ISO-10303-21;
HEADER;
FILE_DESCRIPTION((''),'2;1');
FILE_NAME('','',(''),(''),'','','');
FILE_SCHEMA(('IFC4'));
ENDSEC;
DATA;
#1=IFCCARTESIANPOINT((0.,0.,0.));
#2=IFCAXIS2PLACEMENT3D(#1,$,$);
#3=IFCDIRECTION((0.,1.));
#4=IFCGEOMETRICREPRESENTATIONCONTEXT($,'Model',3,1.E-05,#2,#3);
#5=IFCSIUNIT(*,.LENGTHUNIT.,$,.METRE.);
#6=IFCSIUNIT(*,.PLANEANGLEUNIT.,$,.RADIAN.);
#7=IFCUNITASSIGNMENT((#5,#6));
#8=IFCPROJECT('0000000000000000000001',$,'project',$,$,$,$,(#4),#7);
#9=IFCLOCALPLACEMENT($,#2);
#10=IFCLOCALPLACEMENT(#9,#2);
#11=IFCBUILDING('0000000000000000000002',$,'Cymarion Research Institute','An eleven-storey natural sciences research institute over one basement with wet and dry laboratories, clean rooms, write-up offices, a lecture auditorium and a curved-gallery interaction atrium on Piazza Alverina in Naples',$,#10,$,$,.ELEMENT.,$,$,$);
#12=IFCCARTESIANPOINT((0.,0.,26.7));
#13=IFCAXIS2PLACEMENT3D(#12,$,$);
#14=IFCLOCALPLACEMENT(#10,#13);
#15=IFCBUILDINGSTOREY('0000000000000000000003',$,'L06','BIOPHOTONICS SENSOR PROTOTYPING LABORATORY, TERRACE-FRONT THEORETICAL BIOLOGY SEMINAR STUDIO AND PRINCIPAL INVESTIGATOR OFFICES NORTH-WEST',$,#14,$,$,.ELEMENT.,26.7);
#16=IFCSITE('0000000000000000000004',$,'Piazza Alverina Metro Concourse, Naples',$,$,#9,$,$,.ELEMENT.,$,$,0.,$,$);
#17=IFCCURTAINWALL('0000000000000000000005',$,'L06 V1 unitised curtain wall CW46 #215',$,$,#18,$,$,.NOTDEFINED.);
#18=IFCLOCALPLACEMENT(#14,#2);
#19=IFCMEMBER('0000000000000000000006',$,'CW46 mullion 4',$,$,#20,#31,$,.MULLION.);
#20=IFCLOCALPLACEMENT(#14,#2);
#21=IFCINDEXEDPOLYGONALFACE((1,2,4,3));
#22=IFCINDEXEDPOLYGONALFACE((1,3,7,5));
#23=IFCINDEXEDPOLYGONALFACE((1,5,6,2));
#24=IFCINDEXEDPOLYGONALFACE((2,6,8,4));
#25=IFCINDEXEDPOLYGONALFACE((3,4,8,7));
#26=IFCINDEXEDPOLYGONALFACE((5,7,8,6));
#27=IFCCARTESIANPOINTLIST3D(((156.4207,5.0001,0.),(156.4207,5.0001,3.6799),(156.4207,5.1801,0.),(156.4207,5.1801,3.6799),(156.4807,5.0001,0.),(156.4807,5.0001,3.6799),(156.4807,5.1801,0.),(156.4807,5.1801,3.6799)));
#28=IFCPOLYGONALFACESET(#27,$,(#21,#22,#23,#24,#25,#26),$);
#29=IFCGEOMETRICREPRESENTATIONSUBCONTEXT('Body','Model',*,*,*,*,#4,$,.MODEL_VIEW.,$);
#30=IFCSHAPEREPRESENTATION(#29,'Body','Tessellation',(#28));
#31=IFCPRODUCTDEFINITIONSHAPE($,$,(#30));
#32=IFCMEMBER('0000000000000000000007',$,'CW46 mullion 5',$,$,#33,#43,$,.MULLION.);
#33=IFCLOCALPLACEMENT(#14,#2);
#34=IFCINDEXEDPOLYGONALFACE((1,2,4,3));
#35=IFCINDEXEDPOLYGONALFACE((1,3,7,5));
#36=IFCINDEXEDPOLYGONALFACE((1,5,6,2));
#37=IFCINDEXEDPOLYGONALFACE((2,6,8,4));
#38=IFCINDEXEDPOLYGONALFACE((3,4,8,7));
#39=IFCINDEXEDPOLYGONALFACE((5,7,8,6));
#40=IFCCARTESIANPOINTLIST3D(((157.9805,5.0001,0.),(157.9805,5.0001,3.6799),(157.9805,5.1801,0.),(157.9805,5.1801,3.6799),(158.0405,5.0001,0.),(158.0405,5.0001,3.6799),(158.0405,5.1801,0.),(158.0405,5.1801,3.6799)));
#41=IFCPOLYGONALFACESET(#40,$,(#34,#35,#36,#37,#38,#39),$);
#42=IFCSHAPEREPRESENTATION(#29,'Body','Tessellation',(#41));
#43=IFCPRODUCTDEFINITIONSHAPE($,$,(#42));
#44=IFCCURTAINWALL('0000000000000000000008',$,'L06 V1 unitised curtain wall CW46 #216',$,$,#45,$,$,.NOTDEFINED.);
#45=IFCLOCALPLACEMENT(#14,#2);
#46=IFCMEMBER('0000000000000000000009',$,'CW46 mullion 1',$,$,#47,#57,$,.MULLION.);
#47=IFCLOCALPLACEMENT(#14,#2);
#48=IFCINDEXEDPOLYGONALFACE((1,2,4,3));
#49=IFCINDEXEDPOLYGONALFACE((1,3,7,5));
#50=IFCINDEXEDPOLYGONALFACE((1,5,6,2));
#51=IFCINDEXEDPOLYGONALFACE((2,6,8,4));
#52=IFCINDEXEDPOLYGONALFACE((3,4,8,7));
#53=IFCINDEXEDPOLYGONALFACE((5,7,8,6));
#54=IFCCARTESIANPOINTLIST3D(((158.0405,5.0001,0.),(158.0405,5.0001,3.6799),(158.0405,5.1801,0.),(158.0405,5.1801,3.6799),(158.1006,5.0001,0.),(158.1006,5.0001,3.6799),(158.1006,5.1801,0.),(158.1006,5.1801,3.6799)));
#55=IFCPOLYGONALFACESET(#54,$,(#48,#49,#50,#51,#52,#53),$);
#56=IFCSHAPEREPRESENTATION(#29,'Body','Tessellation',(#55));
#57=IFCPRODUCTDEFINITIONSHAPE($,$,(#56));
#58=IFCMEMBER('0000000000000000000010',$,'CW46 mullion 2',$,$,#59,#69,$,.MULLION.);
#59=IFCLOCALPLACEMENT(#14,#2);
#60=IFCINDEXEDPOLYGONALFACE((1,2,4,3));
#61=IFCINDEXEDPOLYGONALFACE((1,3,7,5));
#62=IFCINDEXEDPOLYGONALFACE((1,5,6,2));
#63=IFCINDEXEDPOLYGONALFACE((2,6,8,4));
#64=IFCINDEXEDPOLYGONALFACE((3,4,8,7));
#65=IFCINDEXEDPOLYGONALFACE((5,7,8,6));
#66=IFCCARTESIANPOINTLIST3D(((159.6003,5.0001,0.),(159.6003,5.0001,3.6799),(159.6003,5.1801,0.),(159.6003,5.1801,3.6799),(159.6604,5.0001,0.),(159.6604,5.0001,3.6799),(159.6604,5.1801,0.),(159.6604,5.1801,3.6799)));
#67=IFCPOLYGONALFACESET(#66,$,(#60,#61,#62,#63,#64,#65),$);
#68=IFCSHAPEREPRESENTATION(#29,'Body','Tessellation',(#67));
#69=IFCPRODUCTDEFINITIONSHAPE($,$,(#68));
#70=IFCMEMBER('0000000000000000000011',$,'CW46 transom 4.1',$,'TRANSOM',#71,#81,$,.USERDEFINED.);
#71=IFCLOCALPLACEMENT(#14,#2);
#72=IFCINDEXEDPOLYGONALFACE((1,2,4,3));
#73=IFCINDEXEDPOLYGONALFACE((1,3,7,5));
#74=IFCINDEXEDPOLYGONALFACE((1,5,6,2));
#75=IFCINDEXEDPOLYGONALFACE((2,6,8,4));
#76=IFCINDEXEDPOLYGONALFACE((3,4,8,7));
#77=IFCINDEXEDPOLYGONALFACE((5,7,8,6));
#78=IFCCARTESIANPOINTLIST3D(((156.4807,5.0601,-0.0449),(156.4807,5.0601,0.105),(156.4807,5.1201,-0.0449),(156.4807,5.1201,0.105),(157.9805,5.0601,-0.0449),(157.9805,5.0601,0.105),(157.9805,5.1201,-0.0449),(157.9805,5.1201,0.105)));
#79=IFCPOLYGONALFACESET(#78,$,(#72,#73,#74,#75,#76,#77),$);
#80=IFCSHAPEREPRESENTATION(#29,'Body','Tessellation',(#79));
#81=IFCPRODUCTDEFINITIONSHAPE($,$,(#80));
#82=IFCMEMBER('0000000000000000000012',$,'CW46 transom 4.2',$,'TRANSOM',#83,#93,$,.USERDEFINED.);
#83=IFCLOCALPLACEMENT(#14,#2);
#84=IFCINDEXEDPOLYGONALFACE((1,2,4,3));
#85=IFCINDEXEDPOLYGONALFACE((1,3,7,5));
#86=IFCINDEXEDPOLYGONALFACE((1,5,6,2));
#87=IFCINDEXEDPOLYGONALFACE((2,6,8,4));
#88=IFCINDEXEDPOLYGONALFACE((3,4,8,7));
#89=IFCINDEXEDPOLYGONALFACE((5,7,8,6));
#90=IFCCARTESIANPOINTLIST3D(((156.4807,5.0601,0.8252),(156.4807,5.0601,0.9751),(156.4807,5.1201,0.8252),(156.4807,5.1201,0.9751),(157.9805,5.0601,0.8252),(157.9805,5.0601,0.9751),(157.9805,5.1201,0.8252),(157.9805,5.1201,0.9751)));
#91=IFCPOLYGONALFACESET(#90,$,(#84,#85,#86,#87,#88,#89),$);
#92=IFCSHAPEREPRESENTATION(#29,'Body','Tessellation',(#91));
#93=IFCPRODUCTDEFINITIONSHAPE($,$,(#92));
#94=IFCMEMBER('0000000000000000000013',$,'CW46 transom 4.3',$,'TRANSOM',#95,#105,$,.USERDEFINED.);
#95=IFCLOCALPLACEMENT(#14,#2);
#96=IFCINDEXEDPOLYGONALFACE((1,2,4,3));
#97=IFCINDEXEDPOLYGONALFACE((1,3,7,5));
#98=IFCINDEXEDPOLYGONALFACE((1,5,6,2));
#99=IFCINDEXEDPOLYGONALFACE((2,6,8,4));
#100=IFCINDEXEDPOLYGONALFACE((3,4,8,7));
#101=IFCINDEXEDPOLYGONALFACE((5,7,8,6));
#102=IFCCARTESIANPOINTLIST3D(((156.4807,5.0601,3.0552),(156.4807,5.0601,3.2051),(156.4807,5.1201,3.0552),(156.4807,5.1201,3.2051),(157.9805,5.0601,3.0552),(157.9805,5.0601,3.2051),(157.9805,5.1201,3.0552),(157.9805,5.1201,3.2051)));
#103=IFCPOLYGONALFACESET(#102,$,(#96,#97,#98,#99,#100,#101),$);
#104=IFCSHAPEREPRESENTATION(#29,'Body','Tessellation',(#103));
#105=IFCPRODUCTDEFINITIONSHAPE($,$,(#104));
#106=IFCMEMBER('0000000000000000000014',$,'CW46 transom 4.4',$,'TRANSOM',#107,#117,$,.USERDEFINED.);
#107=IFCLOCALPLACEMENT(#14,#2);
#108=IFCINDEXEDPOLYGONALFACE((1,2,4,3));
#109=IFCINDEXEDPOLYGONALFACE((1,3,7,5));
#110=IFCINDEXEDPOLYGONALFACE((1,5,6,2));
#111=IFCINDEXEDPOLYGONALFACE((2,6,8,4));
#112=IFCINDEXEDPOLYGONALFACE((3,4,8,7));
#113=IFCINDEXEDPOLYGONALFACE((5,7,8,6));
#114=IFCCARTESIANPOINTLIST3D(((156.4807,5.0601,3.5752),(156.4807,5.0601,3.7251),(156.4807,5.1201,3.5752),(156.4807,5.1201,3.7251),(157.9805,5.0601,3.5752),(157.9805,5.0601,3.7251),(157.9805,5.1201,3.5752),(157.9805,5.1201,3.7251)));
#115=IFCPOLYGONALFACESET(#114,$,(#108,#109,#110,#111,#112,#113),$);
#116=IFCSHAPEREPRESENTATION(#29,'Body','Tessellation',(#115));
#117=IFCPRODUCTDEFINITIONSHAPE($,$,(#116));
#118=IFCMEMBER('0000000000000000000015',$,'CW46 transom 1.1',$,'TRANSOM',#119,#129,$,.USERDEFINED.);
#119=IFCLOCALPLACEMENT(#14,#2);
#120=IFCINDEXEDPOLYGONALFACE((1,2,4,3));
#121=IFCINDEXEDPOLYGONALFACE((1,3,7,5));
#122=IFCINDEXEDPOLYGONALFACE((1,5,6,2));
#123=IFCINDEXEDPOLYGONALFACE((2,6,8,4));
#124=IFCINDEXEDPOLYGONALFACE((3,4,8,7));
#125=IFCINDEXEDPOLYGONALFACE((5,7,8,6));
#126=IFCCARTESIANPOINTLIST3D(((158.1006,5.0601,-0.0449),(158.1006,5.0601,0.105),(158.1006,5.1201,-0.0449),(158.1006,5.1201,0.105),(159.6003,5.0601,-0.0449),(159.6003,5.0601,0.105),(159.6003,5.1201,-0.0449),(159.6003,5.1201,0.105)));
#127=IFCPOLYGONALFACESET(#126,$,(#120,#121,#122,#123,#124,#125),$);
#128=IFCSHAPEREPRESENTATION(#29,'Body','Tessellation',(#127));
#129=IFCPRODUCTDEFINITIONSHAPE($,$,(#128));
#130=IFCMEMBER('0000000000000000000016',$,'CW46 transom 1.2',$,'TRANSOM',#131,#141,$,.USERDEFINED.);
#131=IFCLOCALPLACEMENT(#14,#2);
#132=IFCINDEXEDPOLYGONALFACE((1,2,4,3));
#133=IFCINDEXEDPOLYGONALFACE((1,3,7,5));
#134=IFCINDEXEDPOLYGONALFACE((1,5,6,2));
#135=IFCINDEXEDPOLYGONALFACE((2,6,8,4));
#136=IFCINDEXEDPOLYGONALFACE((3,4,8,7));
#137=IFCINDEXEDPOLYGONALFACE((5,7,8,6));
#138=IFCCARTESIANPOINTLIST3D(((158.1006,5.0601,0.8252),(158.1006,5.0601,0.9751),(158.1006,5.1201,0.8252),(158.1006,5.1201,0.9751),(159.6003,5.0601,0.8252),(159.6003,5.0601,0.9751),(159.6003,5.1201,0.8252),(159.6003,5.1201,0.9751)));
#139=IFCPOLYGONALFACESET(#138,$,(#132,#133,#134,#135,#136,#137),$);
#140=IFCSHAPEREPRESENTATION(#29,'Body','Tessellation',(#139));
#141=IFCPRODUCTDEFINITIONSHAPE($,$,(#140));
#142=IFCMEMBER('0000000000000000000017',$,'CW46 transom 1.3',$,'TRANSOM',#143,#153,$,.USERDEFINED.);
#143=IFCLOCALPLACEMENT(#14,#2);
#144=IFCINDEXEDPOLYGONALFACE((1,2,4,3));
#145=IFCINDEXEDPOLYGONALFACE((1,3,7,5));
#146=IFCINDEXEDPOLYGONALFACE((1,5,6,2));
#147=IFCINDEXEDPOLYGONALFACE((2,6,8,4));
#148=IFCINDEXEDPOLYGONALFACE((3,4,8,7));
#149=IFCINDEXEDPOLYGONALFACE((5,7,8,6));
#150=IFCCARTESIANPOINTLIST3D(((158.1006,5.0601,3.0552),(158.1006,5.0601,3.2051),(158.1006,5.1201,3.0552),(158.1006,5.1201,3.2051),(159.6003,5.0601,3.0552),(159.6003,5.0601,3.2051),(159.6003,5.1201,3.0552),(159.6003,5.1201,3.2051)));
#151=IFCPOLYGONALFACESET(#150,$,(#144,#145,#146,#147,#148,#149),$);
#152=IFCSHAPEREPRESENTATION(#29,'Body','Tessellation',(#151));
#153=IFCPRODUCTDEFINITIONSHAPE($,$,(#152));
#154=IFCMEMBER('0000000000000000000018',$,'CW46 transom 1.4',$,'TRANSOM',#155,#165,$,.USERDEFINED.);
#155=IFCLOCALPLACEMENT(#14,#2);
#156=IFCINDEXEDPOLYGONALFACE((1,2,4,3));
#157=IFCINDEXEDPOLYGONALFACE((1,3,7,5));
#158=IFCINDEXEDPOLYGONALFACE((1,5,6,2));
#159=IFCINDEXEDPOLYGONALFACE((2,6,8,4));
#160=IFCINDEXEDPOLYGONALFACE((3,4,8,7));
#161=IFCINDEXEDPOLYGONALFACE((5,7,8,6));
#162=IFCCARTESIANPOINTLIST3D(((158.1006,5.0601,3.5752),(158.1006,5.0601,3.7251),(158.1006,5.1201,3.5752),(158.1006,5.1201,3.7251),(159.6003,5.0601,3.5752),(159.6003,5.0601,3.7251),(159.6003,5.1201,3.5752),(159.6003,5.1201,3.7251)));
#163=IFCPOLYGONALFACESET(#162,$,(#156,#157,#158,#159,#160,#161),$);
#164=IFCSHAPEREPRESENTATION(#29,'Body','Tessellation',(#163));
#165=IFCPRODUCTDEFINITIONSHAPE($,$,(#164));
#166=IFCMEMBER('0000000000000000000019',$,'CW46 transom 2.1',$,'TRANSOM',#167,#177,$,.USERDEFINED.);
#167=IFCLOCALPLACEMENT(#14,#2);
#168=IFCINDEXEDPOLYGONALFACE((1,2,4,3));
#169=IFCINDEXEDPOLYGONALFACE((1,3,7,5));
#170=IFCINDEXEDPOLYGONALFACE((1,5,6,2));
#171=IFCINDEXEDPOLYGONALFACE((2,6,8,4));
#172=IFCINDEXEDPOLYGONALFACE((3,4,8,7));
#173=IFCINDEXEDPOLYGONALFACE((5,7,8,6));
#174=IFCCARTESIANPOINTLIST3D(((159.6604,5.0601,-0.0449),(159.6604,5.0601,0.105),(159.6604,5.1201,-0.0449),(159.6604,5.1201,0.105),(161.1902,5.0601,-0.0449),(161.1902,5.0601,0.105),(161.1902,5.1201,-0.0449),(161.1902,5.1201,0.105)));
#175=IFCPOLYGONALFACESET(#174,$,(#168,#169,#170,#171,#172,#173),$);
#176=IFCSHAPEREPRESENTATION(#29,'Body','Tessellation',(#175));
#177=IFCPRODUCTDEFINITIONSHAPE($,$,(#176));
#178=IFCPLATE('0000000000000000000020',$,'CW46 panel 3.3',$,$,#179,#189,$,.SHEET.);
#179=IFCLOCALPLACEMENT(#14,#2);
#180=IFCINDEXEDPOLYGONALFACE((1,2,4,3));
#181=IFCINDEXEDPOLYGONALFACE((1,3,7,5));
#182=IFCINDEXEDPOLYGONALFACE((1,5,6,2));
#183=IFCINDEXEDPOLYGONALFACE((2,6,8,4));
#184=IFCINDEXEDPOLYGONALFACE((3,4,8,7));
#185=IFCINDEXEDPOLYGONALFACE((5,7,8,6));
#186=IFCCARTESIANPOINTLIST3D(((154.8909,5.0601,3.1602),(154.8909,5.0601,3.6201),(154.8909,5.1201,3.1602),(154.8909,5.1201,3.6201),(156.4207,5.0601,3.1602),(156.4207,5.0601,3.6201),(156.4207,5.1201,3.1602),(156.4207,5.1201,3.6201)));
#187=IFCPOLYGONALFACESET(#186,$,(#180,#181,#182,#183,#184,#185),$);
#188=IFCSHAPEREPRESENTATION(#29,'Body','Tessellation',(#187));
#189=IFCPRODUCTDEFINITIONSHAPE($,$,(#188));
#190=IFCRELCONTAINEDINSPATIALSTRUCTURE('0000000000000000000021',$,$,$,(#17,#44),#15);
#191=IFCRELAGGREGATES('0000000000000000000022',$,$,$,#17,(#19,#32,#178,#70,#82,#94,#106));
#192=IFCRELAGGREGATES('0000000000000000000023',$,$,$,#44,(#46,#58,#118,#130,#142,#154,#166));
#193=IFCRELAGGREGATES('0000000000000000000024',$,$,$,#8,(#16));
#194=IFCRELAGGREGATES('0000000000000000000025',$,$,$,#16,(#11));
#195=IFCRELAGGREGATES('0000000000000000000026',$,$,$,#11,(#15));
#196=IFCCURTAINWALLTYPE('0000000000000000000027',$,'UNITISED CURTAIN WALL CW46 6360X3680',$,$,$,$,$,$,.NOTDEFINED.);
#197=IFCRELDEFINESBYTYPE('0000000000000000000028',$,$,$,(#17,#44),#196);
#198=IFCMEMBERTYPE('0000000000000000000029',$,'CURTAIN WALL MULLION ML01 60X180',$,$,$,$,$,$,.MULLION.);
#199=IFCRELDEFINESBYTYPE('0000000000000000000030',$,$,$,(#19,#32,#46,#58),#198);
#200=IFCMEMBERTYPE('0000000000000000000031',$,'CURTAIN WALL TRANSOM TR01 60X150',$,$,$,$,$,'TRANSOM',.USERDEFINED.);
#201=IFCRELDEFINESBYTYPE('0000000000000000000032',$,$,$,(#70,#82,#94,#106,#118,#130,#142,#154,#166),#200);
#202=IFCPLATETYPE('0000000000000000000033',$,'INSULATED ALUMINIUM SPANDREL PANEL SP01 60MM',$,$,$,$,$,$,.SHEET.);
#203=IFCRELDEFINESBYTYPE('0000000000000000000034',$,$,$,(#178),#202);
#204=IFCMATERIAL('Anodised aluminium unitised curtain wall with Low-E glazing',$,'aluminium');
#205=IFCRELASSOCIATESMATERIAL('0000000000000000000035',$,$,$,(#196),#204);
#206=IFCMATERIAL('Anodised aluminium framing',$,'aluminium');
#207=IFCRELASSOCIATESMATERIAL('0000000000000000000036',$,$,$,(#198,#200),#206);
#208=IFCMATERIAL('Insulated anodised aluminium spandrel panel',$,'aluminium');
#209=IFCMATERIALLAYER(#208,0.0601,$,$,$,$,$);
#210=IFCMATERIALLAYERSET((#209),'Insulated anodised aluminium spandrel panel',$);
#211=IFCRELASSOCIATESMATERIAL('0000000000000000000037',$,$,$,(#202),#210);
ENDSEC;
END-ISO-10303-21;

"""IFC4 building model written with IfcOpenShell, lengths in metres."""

from ifc_helpers import new_model, si_unit, direction, frame, origin, origin_2d, place, context, subcontext, project, spatial, rectangle, extrude, material, layer, layer_set, material_profile, profile_set, type_object, element, aggregate, save


model = new_model("IFC4")

# Units and contexts
model_context = context("Model", 3, precision=1e-05, world=origin(), true_north=direction((0.0, 1.0)))
body_context = subcontext(model_context, "Body", "Model", "MODEL_VIEW")
ifc_project = project(units=[si_unit("LENGTHUNIT", "METRE"), si_unit("PLANEANGLEUNIT", "RADIAN")], contexts=[model_context])

# Site, building, storey
site_placement = place(None, origin())
site = spatial("IfcSite", under=ifc_project, at=site_placement, Name="Piazza Alverina Metro Concourse, Naples", CompositionType="ELEMENT", RefElevation=0.0)
building_placement = place(site_placement, origin())
building = spatial("IfcBuilding", under=site, at=building_placement, Name="Cymarion Research Institute", Description="An eleven-storey natural sciences research institute over one basement with wet and dry laboratories, clean rooms, write-up offices, a lecture auditorium and a curved-gallery interaction atrium on Piazza Alverina in Naples", CompositionType="ELEMENT")
storey_placement = place(building_placement, frame((0.0, 0.0, 26.7)))
storey = spatial("IfcBuildingStorey", under=building, at=storey_placement, Name="L06", Description="BIOPHOTONICS SENSOR PROTOTYPING LABORATORY, TERRACE-FRONT THEORETICAL BIOLOGY SEMINAR STUDIO AND PRINCIPAL INVESTIGATOR OFFICES NORTH-WEST", CompositionType="ELEMENT", Elevation=26.7)

# Curtain walls, members
ifc_material_1 = material(Name="Anodised aluminium unitised curtain wall with Low-E glazing", Category="aluminium")
curtain_wall_type = type_object("IfcCurtainWallType", Name="UNITISED CURTAIN WALL CW46 6360X3680", PredefinedType="NOTDEFINED", material=ifc_material_1)
curtain_wall_1_placement = place(storey_placement, origin())
curtain_wall_1 = element("IfcCurtainWall", 1, at=curtain_wall_1_placement, inside=storey, type_object=curtain_wall_type, Name="L06 V1 unitised curtain wall CW46 #215", PredefinedType="NOTDEFINED")
ifc_material_2 = material(Name="Anodised aluminium framing", Category="aluminium")
ifc_material_profile_1 = material_profile(ifc_material_2, rectangle(XDim=0.0601, YDim=0.1799, at=origin_2d()), Name="ALU MULLION 60x180")
ifc_profile_set_1 = profile_set([ifc_material_profile_1], Name="Anodised aluminium framing")
member_type_1 = type_object("IfcMemberType", Name="CURTAIN WALL MULLION ML01 60X180", PredefinedType="MULLION", material=ifc_profile_set_1)
member_1_placement = place(storey_placement, frame((156.4507, 5.0901, 0.0), z_axis=(0.0, 0.0, 1.0), x_axis=(1.0, 0.0, 0.0)))
member_1 = element("IfcMember", 2, at=member_1_placement, type_object=member_type_1, Name="CW46 mullion 4", PredefinedType="MULLION", context=body_context, shape_type="SweptSolid", body=[
    extrude(rectangle(XDim=0.0601, YDim=0.1799, at=origin_2d()), origin(), (0.0, 0.0, 1.0), 3.6799),
])
member_2_placement = place(storey_placement, frame((158.0105, 5.0901, 0.0), z_axis=(0.0, 0.0, 1.0), x_axis=(1.0, 0.0, 0.0)))
member_2 = element("IfcMember", 3, at=member_2_placement, type_object=member_type_1, Name="CW46 mullion 5", PredefinedType="MULLION", context=body_context, shape_type="SweptSolid", body=[
    extrude(rectangle(XDim=0.0601, YDim=0.1799, at=origin_2d()), origin(), (0.0, 0.0, 1.0), 3.6799),
])
curtain_wall_2_placement = place(storey_placement, origin())
curtain_wall_2 = element("IfcCurtainWall", 4, at=curtain_wall_2_placement, inside=storey, type_object=curtain_wall_type, Name="L06 V1 unitised curtain wall CW46 #216", PredefinedType="NOTDEFINED")
member_3_placement = place(storey_placement, frame((158.0706, 5.0901, 0.0), z_axis=(0.0, 0.0, 1.0), x_axis=(1.0, 0.0, 0.0)))
member_3 = element("IfcMember", 5, at=member_3_placement, type_object=member_type_1, Name="CW46 mullion 1", PredefinedType="MULLION", context=body_context, shape_type="SweptSolid", body=[
    extrude(rectangle(XDim=0.0601, YDim=0.1799, at=origin_2d()), origin(), (0.0, 0.0, 1.0), 3.6799),
])
member_4_placement = place(storey_placement, frame((159.6304, 5.0901, 0.0), z_axis=(0.0, 0.0, 1.0), x_axis=(1.0, 0.0, 0.0)))
member_4 = element("IfcMember", 6, at=member_4_placement, type_object=member_type_1, Name="CW46 mullion 2", PredefinedType="MULLION", context=body_context, shape_type="SweptSolid", body=[
    extrude(rectangle(XDim=0.0601, YDim=0.1799, at=origin_2d()), origin(), (0.0, 0.0, 1.0), 3.6799),
])

# Members
ifc_material_profile_2 = material_profile(ifc_material_2, rectangle(XDim=0.0601, YDim=0.1499, at=origin_2d()), Name="ALU TRANSOM 60x150")
ifc_profile_set_2 = profile_set([ifc_material_profile_2], Name="Anodised aluminium framing")
member_type_2 = type_object("IfcMemberType", Name="CURTAIN WALL TRANSOM TR01 60X150", ElementType="TRANSOM", PredefinedType="USERDEFINED", material=ifc_profile_set_2)
member_5_placement = place(storey_placement, frame((156.4807, 5.0901, 0.03), z_axis=(1.0, 0.0, 0.0), x_axis=(0.0, 1.0, 0.0)))
member_5 = element("IfcMember", 7, at=member_5_placement, type_object=member_type_2, Name="CW46 transom 4.1", ObjectType="TRANSOM", PredefinedType="USERDEFINED", context=body_context, shape_type="SweptSolid", body=[
    extrude(rectangle(XDim=0.0601, YDim=0.1499, at=origin_2d()), origin(), (0.0, 0.0, 1.0), 1.4998),
])
member_6_placement = place(storey_placement, frame((156.4807, 5.0901, 0.9001), z_axis=(1.0, 0.0, 0.0), x_axis=(0.0, 1.0, 0.0)))
member_6 = element("IfcMember", 8, at=member_6_placement, type_object=member_type_2, Name="CW46 transom 4.2", ObjectType="TRANSOM", PredefinedType="USERDEFINED", context=body_context, shape_type="SweptSolid", body=[
    extrude(rectangle(XDim=0.0601, YDim=0.1499, at=origin_2d()), origin(), (0.0, 0.0, 1.0), 1.4998),
])
member_7_placement = place(storey_placement, frame((156.4807, 5.0901, 3.1301), z_axis=(1.0, 0.0, 0.0), x_axis=(0.0, 1.0, 0.0)))
member_7 = element("IfcMember", 9, at=member_7_placement, type_object=member_type_2, Name="CW46 transom 4.3", ObjectType="TRANSOM", PredefinedType="USERDEFINED", context=body_context, shape_type="SweptSolid", body=[
    extrude(rectangle(XDim=0.0601, YDim=0.1499, at=origin_2d()), origin(), (0.0, 0.0, 1.0), 1.4998),
])
member_8_placement = place(storey_placement, frame((156.4807, 5.0901, 3.6501), z_axis=(1.0, 0.0, 0.0), x_axis=(0.0, 1.0, 0.0)))
member_8 = element("IfcMember", 10, at=member_8_placement, type_object=member_type_2, Name="CW46 transom 4.4", ObjectType="TRANSOM", PredefinedType="USERDEFINED", context=body_context, shape_type="SweptSolid", body=[
    extrude(rectangle(XDim=0.0601, YDim=0.1499, at=origin_2d()), origin(), (0.0, 0.0, 1.0), 1.4998),
])
member_9_placement = place(storey_placement, frame((158.1006, 5.0901, 0.03), z_axis=(1.0, 0.0, 0.0), x_axis=(0.0, 1.0, 0.0)))
member_9 = element("IfcMember", 11, at=member_9_placement, type_object=member_type_2, Name="CW46 transom 1.1", ObjectType="TRANSOM", PredefinedType="USERDEFINED", context=body_context, shape_type="SweptSolid", body=[
    extrude(rectangle(XDim=0.0601, YDim=0.1499, at=origin_2d()), origin(), (0.0, 0.0, 1.0), 1.4998),
])
member_10_placement = place(storey_placement, frame((158.1006, 5.0901, 0.9001), z_axis=(1.0, 0.0, 0.0), x_axis=(0.0, 1.0, 0.0)))
member_10 = element("IfcMember", 12, at=member_10_placement, type_object=member_type_2, Name="CW46 transom 1.2", ObjectType="TRANSOM", PredefinedType="USERDEFINED", context=body_context, shape_type="SweptSolid", body=[
    extrude(rectangle(XDim=0.0601, YDim=0.1499, at=origin_2d()), origin(), (0.0, 0.0, 1.0), 1.4998),
])
member_11_placement = place(storey_placement, frame((158.1006, 5.0901, 3.1301), z_axis=(1.0, 0.0, 0.0), x_axis=(0.0, 1.0, 0.0)))
member_11 = element("IfcMember", 13, at=member_11_placement, type_object=member_type_2, Name="CW46 transom 1.3", ObjectType="TRANSOM", PredefinedType="USERDEFINED", context=body_context, shape_type="SweptSolid", body=[
    extrude(rectangle(XDim=0.0601, YDim=0.1499, at=origin_2d()), origin(), (0.0, 0.0, 1.0), 1.4998),
])
member_12_placement = place(storey_placement, frame((158.1006, 5.0901, 3.6501), z_axis=(1.0, 0.0, 0.0), x_axis=(0.0, 1.0, 0.0)))
member_12 = element("IfcMember", 14, at=member_12_placement, type_object=member_type_2, Name="CW46 transom 1.4", ObjectType="TRANSOM", PredefinedType="USERDEFINED", context=body_context, shape_type="SweptSolid", body=[
    extrude(rectangle(XDim=0.0601, YDim=0.1499, at=origin_2d()), origin(), (0.0, 0.0, 1.0), 1.4998),
])
member_13_placement = place(storey_placement, frame((159.6604, 5.0901, 0.03), z_axis=(1.0, 0.0, 0.0), x_axis=(0.0, 1.0, 0.0)))
member_13 = element("IfcMember", 15, at=member_13_placement, type_object=member_type_2, Name="CW46 transom 2.1", ObjectType="TRANSOM", PredefinedType="USERDEFINED", context=body_context, shape_type="SweptSolid", body=[
    extrude(rectangle(XDim=0.0601, YDim=0.1499, at=origin_2d()), origin(), (0.0, 0.0, 1.0), 1.5298),
])

# Plate
ifc_material_3 = material(Name="Insulated anodised aluminium spandrel panel", Category="aluminium")
ifc_layer_1 = layer(ifc_material_3, 0.0601)
ifc_layer_set_1 = layer_set([ifc_layer_1], Name="Insulated anodised aluminium spandrel panel")
plate_type_1 = type_object("IfcPlateType", Name="INSULATED ALUMINIUM SPANDREL PANEL SP01 60MM", PredefinedType="SHEET", material=ifc_layer_set_1)
plate_1_placement = place(storey_placement, frame((155.6558, 5.0901, 3.1602), z_axis=(0.0, 0.0, 1.0), x_axis=(1.0, 0.0, 0.0)))
plate_1 = element("IfcPlate", 16, at=plate_1_placement, type_object=plate_type_1, Name="CW46 panel 3.3", PredefinedType="SHEET", context=body_context, shape_type="SweptSolid", body=[
    extrude(rectangle(XDim=1.5298, YDim=0.0601, at=origin_2d()), origin(), (0.0, 0.0, 1.0), 0.46),
])
aggregate(curtain_wall_1, [member_1, member_2, plate_1, member_5, member_6, member_7, member_8])
aggregate(curtain_wall_2, [member_3, member_4, member_9, member_10, member_11, member_12, member_13])

save(model, "model.ifc")
